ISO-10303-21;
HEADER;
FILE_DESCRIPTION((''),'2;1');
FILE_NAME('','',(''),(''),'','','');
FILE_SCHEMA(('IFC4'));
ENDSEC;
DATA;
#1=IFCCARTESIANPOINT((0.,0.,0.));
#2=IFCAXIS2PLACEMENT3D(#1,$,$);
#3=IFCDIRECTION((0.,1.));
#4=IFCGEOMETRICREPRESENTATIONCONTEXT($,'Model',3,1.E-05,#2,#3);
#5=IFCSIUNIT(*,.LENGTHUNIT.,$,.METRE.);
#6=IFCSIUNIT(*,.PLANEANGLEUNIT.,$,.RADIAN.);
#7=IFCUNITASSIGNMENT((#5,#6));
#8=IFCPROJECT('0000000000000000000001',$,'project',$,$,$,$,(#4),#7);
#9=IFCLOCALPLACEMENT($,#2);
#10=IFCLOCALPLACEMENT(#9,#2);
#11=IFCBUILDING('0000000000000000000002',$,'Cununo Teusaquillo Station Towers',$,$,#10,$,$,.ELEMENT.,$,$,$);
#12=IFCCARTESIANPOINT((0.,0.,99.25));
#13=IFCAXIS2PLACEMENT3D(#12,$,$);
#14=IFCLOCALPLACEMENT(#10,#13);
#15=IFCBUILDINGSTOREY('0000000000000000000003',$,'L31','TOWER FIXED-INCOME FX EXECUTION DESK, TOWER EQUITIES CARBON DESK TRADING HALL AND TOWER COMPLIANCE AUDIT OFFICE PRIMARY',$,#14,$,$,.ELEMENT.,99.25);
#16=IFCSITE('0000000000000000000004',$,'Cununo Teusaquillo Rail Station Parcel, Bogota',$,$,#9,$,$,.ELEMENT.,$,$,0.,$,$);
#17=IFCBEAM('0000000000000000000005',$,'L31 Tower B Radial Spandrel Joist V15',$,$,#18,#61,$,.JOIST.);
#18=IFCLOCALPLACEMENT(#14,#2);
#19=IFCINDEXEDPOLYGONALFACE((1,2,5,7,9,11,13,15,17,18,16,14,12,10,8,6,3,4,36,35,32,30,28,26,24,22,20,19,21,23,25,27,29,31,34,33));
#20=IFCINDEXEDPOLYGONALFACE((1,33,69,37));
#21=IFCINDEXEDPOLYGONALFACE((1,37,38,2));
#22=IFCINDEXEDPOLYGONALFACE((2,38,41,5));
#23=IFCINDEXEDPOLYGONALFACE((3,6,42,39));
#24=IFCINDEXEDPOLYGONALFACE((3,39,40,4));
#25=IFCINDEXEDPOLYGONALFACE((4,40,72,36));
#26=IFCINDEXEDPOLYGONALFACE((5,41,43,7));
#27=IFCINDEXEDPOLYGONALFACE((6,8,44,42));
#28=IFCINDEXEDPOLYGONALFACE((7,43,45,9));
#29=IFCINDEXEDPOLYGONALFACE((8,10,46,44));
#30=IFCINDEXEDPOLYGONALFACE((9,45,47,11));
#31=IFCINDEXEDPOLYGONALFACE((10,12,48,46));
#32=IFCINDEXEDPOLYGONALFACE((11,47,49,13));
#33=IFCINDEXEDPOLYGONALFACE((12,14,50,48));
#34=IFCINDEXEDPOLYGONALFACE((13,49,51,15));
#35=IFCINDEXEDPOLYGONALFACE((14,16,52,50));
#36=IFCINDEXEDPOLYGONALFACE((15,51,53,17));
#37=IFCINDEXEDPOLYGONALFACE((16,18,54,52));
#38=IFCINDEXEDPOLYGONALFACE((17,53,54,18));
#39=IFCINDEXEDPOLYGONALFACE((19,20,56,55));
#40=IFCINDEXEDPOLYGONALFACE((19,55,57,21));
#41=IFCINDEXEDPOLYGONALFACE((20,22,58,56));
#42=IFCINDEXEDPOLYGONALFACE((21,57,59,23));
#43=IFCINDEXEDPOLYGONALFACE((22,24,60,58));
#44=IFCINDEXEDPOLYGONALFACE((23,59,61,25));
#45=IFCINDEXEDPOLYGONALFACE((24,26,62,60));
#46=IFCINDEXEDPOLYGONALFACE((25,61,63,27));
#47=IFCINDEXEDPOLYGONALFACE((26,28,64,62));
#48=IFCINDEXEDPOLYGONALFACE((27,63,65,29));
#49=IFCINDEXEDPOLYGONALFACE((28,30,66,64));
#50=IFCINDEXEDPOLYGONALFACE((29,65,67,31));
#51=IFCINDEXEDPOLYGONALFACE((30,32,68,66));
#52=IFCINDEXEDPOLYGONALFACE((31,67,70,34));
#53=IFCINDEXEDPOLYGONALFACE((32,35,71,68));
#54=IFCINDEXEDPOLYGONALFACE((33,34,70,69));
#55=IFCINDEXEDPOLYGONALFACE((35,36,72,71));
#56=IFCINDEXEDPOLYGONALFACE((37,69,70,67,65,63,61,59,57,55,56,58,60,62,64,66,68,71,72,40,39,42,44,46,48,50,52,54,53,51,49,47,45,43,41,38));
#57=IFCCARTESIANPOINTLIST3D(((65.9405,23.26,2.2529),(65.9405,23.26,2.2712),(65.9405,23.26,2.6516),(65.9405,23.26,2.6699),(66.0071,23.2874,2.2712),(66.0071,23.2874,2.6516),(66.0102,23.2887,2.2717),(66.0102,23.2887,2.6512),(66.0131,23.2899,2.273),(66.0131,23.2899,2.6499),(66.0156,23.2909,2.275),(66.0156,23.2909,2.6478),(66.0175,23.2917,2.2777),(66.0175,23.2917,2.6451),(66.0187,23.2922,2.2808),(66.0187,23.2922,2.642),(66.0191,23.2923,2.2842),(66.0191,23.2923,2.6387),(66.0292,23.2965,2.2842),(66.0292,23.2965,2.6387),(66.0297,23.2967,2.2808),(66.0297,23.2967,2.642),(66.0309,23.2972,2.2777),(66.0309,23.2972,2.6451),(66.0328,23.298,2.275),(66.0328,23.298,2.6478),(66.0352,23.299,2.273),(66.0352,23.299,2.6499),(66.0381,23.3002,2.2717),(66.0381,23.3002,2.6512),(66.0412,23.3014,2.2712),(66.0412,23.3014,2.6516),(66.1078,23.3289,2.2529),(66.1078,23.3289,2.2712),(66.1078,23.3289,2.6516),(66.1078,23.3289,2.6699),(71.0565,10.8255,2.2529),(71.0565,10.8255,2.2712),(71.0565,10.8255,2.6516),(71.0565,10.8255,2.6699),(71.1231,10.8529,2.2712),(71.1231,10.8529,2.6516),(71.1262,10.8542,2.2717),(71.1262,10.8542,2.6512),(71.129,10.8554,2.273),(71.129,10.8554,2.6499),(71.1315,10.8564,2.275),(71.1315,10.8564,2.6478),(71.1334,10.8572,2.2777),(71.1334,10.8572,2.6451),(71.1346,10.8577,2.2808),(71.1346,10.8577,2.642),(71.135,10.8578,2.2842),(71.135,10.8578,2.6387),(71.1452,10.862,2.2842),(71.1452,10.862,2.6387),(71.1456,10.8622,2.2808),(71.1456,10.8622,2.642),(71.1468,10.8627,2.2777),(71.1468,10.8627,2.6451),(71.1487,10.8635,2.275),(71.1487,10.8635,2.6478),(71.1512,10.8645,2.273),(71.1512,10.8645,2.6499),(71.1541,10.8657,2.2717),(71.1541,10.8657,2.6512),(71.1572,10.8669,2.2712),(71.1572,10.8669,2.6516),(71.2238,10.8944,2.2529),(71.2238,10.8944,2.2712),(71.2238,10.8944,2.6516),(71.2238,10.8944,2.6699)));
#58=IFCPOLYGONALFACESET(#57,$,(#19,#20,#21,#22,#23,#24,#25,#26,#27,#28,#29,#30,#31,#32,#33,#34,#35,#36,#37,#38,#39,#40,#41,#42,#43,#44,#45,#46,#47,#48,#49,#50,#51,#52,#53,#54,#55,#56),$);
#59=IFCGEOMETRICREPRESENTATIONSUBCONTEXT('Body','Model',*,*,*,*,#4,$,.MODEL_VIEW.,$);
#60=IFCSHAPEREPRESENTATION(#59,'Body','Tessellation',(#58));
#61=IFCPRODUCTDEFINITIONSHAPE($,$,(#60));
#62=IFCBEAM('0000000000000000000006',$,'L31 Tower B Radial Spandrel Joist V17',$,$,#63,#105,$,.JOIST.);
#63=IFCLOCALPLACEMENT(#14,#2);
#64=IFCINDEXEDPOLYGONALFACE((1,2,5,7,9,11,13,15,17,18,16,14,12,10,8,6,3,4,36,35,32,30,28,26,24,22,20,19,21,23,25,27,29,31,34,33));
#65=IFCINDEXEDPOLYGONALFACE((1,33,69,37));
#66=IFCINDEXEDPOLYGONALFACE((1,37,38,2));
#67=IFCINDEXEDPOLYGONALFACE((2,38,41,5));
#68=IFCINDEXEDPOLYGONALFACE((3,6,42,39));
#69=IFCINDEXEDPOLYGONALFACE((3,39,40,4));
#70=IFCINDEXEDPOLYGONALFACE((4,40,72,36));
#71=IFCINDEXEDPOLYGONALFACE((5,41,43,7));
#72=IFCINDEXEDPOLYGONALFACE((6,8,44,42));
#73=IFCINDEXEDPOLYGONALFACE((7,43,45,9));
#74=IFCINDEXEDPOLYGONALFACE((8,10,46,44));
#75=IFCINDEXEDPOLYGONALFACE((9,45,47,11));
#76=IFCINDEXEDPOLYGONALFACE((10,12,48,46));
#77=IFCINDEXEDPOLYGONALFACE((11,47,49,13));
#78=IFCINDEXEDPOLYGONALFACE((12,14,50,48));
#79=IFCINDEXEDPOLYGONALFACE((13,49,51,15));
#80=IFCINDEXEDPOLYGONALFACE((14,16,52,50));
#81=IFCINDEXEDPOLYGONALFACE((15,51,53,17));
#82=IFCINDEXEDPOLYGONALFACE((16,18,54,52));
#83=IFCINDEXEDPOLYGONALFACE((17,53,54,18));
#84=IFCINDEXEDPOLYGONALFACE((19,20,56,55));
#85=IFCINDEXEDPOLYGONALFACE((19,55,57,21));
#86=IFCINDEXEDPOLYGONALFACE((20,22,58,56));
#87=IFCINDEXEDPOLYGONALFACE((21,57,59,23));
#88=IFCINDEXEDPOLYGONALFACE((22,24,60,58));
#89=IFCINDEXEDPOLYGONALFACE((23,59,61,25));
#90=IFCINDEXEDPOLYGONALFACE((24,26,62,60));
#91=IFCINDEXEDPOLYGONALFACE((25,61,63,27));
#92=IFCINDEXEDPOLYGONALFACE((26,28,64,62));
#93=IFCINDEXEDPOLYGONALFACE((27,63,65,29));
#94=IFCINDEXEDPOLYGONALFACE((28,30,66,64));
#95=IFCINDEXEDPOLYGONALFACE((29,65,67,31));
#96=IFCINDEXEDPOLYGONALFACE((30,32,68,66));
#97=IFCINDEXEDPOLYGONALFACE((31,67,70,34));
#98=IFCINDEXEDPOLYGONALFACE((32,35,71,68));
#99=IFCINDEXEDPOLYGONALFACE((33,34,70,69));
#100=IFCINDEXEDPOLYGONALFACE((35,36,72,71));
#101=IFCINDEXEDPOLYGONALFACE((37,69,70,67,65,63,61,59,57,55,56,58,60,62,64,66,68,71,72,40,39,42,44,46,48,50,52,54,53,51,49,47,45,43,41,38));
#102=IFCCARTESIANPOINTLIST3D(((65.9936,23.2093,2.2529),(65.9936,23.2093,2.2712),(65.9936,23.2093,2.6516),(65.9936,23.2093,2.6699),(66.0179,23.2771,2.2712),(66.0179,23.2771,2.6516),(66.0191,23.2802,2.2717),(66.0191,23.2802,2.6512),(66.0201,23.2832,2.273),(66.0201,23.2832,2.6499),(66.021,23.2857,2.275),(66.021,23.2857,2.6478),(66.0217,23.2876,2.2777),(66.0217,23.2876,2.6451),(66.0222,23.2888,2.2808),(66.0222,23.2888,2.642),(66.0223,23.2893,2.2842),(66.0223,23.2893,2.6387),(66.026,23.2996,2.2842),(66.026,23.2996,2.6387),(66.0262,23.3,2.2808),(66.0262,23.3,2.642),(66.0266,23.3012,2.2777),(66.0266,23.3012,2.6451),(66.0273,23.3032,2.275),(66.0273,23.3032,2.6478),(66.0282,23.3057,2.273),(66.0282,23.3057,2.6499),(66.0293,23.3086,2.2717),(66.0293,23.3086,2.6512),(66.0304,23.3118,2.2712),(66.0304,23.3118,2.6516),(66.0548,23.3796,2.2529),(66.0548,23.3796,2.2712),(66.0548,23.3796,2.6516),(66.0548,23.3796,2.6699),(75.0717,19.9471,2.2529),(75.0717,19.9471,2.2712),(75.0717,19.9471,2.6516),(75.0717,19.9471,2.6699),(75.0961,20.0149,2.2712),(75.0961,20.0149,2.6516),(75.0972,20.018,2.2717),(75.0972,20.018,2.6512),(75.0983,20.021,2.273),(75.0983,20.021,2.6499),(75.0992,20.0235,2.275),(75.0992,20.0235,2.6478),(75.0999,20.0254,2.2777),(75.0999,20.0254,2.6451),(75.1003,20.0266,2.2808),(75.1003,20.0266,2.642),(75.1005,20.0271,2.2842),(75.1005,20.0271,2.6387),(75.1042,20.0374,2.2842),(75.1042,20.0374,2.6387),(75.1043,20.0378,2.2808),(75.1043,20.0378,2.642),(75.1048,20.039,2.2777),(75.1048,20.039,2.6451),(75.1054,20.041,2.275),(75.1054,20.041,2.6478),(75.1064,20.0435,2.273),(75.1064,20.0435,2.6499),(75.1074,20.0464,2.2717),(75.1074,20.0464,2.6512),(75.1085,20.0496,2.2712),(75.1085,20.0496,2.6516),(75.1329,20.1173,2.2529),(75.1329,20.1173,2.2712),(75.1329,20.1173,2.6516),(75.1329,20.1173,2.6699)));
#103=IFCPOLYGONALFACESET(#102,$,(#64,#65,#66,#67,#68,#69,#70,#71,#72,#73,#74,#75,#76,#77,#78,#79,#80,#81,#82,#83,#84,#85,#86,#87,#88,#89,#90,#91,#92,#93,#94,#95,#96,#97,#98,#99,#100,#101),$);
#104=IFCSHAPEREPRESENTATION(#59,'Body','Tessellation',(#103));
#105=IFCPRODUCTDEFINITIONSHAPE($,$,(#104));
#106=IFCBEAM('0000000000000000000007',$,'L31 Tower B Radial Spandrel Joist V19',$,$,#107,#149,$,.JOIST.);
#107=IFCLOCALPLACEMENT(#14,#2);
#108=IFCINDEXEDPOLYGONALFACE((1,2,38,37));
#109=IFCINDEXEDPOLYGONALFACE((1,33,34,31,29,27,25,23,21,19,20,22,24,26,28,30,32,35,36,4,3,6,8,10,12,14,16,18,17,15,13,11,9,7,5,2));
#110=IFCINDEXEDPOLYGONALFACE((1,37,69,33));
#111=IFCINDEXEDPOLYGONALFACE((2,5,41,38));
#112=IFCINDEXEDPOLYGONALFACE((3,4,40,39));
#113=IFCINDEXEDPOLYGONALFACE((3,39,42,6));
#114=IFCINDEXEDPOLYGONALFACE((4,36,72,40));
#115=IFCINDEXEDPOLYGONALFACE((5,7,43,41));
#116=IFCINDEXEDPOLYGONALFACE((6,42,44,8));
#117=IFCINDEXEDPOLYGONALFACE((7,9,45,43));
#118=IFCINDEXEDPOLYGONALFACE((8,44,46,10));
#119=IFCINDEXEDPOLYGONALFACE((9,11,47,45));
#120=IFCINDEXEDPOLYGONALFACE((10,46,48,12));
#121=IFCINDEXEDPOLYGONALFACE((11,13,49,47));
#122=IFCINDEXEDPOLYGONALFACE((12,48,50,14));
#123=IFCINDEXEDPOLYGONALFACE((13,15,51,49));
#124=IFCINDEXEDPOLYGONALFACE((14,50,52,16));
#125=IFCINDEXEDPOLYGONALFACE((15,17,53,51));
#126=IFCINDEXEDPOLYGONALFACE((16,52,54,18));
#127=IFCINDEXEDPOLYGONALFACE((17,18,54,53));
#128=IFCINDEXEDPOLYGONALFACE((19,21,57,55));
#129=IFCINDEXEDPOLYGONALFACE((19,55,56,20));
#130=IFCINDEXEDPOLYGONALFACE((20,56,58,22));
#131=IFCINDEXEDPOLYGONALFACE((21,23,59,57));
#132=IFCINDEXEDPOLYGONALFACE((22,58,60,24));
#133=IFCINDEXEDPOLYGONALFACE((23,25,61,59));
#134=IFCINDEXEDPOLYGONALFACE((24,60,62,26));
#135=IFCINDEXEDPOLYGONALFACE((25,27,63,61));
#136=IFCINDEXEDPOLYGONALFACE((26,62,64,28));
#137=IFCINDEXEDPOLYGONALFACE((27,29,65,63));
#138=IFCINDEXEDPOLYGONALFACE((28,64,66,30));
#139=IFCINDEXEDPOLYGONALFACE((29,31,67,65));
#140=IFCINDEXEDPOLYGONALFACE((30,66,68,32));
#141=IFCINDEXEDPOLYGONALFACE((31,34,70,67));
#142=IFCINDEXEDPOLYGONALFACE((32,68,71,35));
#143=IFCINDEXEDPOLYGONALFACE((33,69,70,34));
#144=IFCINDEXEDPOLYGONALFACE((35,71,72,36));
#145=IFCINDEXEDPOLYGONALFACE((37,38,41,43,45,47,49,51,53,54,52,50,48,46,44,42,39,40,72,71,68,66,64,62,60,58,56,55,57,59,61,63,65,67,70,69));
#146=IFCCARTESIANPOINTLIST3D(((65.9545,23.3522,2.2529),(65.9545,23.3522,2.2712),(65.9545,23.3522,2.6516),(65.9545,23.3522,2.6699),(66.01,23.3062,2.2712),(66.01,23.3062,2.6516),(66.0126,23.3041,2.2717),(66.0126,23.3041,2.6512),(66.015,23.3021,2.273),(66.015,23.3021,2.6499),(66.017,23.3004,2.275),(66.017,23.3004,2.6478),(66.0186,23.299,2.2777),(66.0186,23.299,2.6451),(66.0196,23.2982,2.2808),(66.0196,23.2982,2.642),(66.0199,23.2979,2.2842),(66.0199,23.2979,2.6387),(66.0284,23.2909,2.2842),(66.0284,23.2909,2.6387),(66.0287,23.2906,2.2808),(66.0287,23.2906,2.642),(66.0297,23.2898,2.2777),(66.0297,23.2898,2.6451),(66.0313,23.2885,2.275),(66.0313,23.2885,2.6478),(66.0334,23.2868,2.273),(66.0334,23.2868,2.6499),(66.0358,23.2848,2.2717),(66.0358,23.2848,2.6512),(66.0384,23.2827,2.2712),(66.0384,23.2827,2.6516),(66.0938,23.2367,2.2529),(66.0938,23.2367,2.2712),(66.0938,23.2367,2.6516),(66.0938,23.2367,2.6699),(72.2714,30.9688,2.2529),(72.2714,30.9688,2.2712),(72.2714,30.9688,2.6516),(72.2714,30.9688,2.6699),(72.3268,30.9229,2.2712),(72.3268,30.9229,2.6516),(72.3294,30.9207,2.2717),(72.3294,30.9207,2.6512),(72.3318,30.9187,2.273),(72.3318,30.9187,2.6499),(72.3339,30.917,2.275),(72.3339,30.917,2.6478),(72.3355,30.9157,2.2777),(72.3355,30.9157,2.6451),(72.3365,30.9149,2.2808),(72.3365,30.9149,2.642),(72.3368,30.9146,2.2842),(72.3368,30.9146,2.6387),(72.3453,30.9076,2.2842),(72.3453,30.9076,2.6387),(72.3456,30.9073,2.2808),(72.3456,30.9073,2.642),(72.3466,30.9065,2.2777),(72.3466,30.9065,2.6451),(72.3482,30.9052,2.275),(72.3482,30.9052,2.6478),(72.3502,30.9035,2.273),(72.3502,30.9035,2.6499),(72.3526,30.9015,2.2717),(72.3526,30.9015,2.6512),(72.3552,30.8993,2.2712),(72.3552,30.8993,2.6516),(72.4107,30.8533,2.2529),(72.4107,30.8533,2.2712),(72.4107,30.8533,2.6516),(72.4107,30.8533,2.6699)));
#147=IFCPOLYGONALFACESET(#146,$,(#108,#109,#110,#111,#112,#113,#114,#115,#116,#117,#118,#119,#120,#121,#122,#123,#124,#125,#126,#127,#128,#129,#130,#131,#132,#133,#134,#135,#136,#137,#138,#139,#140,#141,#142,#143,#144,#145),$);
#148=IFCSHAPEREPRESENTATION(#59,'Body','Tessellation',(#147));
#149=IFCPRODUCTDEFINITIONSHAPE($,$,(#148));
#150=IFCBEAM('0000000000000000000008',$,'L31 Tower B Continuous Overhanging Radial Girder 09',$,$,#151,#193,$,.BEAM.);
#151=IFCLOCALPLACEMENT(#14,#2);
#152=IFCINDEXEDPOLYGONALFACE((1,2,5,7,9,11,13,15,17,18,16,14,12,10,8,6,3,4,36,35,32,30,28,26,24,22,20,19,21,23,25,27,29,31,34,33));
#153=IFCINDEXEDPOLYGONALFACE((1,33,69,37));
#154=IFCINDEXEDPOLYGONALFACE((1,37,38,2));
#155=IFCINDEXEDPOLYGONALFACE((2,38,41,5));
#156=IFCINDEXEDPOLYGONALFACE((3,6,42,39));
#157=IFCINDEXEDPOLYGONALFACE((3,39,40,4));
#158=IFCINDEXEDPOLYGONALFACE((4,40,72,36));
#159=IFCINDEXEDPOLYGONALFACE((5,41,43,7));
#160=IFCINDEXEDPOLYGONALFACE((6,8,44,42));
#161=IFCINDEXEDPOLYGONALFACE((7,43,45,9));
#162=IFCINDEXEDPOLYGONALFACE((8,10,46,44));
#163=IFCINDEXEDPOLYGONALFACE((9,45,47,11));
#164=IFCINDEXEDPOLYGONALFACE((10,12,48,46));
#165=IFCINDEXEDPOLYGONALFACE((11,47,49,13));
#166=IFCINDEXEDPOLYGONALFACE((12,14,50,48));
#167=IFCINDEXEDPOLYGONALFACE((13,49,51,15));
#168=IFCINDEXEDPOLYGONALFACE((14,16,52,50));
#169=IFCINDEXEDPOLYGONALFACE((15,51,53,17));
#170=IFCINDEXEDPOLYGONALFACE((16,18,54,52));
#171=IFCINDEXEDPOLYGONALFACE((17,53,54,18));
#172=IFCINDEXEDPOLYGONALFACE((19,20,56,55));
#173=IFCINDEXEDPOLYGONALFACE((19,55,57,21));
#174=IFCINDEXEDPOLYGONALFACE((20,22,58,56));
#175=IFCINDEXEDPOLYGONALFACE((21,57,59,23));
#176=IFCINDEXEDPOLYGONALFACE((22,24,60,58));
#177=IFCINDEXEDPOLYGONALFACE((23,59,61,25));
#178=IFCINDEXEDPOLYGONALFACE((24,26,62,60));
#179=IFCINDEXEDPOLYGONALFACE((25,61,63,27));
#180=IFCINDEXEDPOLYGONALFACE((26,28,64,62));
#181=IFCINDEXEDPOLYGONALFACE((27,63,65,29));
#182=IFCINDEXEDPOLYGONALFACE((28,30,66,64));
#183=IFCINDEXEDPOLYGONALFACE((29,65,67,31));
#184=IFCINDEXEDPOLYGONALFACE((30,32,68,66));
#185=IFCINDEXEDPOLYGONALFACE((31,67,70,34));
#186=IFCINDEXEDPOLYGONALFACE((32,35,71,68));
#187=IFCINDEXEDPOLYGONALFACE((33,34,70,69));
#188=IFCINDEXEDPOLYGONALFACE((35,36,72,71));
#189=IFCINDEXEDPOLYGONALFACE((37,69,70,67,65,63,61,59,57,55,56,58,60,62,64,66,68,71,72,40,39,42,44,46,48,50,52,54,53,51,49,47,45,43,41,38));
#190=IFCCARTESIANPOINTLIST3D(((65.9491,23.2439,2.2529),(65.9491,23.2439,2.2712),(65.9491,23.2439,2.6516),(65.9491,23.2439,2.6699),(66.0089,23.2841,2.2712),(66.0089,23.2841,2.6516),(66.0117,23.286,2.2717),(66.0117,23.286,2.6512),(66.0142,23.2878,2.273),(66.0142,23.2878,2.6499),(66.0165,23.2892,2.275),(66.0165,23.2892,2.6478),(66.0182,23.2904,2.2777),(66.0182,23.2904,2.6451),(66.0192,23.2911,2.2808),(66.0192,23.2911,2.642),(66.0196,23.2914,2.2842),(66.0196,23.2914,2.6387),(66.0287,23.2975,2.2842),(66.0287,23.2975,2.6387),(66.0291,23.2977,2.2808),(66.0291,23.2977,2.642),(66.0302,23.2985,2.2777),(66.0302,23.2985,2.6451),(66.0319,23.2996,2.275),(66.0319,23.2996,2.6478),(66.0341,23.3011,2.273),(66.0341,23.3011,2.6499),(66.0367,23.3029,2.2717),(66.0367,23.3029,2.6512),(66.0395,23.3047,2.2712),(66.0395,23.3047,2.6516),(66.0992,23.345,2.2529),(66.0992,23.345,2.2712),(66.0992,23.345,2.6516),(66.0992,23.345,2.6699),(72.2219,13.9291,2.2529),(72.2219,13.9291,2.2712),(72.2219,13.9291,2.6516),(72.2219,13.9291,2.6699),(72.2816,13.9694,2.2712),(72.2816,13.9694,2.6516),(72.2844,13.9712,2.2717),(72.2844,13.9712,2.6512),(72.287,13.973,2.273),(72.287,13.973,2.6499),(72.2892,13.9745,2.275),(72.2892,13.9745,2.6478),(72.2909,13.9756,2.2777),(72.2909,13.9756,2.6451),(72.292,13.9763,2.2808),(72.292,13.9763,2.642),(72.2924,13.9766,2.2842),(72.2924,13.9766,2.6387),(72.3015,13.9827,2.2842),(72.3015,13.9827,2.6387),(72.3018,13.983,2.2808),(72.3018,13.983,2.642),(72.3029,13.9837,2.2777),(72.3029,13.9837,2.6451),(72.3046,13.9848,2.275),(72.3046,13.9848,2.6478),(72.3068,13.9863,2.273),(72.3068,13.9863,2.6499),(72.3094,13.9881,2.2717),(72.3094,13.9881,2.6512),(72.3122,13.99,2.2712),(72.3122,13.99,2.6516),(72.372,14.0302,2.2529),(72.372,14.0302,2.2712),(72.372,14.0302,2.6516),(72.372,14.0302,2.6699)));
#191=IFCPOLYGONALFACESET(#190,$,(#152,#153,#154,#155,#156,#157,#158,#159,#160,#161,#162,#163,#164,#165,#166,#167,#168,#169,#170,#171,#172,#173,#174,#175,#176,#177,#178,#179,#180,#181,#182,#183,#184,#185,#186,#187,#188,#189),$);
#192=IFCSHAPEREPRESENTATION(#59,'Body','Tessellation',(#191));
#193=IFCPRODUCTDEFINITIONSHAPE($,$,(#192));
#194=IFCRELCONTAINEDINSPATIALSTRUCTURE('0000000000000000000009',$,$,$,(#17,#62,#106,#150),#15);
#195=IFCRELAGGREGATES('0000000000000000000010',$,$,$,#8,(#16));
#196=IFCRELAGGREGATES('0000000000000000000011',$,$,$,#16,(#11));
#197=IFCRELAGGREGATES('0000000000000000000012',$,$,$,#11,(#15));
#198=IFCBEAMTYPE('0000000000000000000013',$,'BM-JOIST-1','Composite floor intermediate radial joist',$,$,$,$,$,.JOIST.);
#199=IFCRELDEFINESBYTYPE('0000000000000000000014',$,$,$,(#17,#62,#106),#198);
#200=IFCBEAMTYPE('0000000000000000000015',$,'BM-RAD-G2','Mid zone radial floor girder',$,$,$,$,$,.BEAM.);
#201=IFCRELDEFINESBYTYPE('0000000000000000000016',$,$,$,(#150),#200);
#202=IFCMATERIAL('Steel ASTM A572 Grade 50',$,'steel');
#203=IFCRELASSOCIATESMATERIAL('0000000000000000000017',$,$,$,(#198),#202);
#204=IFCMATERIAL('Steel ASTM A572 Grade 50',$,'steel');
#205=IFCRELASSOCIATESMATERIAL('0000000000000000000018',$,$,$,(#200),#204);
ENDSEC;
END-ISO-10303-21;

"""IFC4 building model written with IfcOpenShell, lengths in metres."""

from ifc_helpers import new_model, si_unit, direction, frame, origin, origin_2d, place, context, subcontext, project, spatial, i_section, extrude, material, material_profile, profile_set, type_object, element, save


model = new_model("IFC4")

# Units and contexts
model_context = context("Model", 3, precision=1e-05, world=origin(), true_north=direction((0.0, 1.0)))
body_context = subcontext(model_context, "Body", "Model", "MODEL_VIEW")
ifc_project = project(units=[si_unit("LENGTHUNIT", "METRE"), si_unit("PLANEANGLEUNIT", "RADIAN")], contexts=[model_context])

# Site, building, storey
site_placement = place(None, origin())
site = spatial("IfcSite", under=ifc_project, at=site_placement, Name="Cununo Teusaquillo Rail Station Parcel, Bogota", CompositionType="ELEMENT", RefElevation=0.0)
building_placement = place(site_placement, origin())
building = spatial("IfcBuilding", under=site, at=building_placement, Name="Cununo Teusaquillo Station Towers", CompositionType="ELEMENT")
storey_placement = place(building_placement, frame((0.0, 0.0, 99.25)))
storey = spatial("IfcBuildingStorey", under=building, at=storey_placement, Name="L31", Description="TOWER FIXED-INCOME FX EXECUTION DESK, TOWER EQUITIES CARBON DESK TRADING HALL AND TOWER COMPLIANCE AUDIT OFFICE PRIMARY", CompositionType="ELEMENT", Elevation=99.25)

# Beams
ifc_material_1 = material(Name="Steel ASTM A572 Grade 50", Category="steel")
ifc_material_profile_1 = material_profile(ifc_material_1, i_section(OverallWidth=0.1809, OverallDepth=0.417, WebThickness=0.011, FlangeThickness=0.0183, FilletRadius=0.0129, at=origin_2d()), Name="W16X57")
ifc_profile_set_1 = profile_set([ifc_material_profile_1], Name="Steel ASTM A572 Grade 50")
beam_type_1 = type_object("IfcBeamType", Name="BM-JOIST-1", Description="Composite floor intermediate radial joist", PredefinedType="JOIST", material=ifc_profile_set_1)
beam_1_placement = place(storey_placement, frame((66.0242, 23.2944, 2.4614), z_axis=(0.380486, -0.924787, 0.0), x_axis=(0.924787, 0.380486, 0.0)))
element("IfcBeam", 1, at=beam_1_placement, inside=storey, type_object=beam_type_1, Name="L31 Tower B Radial Spandrel Joist V15", PredefinedType="JOIST", context=body_context, shape_type="SweptSolid", body=[
    extrude(i_section(OverallWidth=0.1809, OverallDepth=0.417, WebThickness=0.011, FlangeThickness=0.0183, FilletRadius=0.0129, at=origin_2d()), origin(), (0.0, 0.0, 1.0), 13.4458),
])
beam_2_placement = place(storey_placement, frame((66.0242, 23.2944, 2.4614), z_axis=(0.941083, -0.338176, 0.0), x_axis=(0.338176, 0.941083, 0.0)))
element("IfcBeam", 2, at=beam_2_placement, inside=storey, type_object=beam_type_1, Name="L31 Tower B Radial Spandrel Joist V17", PredefinedType="JOIST", context=body_context, shape_type="SweptSolid", body=[
    extrude(i_section(OverallWidth=0.1809, OverallDepth=0.417, WebThickness=0.011, FlangeThickness=0.0183, FilletRadius=0.0129, at=origin_2d()), origin(), (0.0, 0.0, 1.0), 9.6465),
])
beam_3_placement = place(storey_placement, frame((66.0242, 23.2944, 2.4614), z_axis=(0.638372, 0.769728, 0.0), x_axis=(-0.769728, 0.638372, 0.0)))
element("IfcBeam", 3, at=beam_3_placement, inside=storey, type_object=beam_type_1, Name="L31 Tower B Radial Spandrel Joist V19", PredefinedType="JOIST", context=body_context, shape_type="SweptSolid", body=[
    extrude(i_section(OverallWidth=0.1809, OverallDepth=0.417, WebThickness=0.011, FlangeThickness=0.0183, FilletRadius=0.0129, at=origin_2d()), origin(), (0.0, 0.0, 1.0), 9.8953),
])
ifc_material_2 = material(Name="Steel ASTM A572 Grade 50", Category="steel")
ifc_material_profile_2 = material_profile(ifc_material_2, i_section(OverallWidth=0.1809, OverallDepth=0.417, WebThickness=0.011, FlangeThickness=0.0183, FilletRadius=0.0129, at=origin_2d()), Name="W16X57")
ifc_profile_set_2 = profile_set([ifc_material_profile_2], Name="Steel ASTM A572 Grade 50")
beam_type_2 = type_object("IfcBeamType", Name="BM-RAD-G2", Description="Mid zone radial floor girder", PredefinedType="BEAM", material=ifc_profile_set_2)
beam_4_placement = place(storey_placement, frame((66.0242, 23.2944, 2.4614), z_axis=(0.558572, -0.829456, 0.0), x_axis=(0.829456, 0.558572, 0.0)))
element("IfcBeam", 4, at=beam_4_placement, inside=storey, type_object=beam_type_2, Name="L31 Tower B Continuous Overhanging Radial Girder 09", PredefinedType="BEAM", context=body_context, shape_type="SweptSolid", body=[
    extrude(i_section(OverallWidth=0.1809, OverallDepth=0.417, WebThickness=0.011, FlangeThickness=0.0183, FilletRadius=0.0129, at=origin_2d()), origin(), (0.0, 0.0, 1.0), 11.23),
])

save(model, "model.ifc")
